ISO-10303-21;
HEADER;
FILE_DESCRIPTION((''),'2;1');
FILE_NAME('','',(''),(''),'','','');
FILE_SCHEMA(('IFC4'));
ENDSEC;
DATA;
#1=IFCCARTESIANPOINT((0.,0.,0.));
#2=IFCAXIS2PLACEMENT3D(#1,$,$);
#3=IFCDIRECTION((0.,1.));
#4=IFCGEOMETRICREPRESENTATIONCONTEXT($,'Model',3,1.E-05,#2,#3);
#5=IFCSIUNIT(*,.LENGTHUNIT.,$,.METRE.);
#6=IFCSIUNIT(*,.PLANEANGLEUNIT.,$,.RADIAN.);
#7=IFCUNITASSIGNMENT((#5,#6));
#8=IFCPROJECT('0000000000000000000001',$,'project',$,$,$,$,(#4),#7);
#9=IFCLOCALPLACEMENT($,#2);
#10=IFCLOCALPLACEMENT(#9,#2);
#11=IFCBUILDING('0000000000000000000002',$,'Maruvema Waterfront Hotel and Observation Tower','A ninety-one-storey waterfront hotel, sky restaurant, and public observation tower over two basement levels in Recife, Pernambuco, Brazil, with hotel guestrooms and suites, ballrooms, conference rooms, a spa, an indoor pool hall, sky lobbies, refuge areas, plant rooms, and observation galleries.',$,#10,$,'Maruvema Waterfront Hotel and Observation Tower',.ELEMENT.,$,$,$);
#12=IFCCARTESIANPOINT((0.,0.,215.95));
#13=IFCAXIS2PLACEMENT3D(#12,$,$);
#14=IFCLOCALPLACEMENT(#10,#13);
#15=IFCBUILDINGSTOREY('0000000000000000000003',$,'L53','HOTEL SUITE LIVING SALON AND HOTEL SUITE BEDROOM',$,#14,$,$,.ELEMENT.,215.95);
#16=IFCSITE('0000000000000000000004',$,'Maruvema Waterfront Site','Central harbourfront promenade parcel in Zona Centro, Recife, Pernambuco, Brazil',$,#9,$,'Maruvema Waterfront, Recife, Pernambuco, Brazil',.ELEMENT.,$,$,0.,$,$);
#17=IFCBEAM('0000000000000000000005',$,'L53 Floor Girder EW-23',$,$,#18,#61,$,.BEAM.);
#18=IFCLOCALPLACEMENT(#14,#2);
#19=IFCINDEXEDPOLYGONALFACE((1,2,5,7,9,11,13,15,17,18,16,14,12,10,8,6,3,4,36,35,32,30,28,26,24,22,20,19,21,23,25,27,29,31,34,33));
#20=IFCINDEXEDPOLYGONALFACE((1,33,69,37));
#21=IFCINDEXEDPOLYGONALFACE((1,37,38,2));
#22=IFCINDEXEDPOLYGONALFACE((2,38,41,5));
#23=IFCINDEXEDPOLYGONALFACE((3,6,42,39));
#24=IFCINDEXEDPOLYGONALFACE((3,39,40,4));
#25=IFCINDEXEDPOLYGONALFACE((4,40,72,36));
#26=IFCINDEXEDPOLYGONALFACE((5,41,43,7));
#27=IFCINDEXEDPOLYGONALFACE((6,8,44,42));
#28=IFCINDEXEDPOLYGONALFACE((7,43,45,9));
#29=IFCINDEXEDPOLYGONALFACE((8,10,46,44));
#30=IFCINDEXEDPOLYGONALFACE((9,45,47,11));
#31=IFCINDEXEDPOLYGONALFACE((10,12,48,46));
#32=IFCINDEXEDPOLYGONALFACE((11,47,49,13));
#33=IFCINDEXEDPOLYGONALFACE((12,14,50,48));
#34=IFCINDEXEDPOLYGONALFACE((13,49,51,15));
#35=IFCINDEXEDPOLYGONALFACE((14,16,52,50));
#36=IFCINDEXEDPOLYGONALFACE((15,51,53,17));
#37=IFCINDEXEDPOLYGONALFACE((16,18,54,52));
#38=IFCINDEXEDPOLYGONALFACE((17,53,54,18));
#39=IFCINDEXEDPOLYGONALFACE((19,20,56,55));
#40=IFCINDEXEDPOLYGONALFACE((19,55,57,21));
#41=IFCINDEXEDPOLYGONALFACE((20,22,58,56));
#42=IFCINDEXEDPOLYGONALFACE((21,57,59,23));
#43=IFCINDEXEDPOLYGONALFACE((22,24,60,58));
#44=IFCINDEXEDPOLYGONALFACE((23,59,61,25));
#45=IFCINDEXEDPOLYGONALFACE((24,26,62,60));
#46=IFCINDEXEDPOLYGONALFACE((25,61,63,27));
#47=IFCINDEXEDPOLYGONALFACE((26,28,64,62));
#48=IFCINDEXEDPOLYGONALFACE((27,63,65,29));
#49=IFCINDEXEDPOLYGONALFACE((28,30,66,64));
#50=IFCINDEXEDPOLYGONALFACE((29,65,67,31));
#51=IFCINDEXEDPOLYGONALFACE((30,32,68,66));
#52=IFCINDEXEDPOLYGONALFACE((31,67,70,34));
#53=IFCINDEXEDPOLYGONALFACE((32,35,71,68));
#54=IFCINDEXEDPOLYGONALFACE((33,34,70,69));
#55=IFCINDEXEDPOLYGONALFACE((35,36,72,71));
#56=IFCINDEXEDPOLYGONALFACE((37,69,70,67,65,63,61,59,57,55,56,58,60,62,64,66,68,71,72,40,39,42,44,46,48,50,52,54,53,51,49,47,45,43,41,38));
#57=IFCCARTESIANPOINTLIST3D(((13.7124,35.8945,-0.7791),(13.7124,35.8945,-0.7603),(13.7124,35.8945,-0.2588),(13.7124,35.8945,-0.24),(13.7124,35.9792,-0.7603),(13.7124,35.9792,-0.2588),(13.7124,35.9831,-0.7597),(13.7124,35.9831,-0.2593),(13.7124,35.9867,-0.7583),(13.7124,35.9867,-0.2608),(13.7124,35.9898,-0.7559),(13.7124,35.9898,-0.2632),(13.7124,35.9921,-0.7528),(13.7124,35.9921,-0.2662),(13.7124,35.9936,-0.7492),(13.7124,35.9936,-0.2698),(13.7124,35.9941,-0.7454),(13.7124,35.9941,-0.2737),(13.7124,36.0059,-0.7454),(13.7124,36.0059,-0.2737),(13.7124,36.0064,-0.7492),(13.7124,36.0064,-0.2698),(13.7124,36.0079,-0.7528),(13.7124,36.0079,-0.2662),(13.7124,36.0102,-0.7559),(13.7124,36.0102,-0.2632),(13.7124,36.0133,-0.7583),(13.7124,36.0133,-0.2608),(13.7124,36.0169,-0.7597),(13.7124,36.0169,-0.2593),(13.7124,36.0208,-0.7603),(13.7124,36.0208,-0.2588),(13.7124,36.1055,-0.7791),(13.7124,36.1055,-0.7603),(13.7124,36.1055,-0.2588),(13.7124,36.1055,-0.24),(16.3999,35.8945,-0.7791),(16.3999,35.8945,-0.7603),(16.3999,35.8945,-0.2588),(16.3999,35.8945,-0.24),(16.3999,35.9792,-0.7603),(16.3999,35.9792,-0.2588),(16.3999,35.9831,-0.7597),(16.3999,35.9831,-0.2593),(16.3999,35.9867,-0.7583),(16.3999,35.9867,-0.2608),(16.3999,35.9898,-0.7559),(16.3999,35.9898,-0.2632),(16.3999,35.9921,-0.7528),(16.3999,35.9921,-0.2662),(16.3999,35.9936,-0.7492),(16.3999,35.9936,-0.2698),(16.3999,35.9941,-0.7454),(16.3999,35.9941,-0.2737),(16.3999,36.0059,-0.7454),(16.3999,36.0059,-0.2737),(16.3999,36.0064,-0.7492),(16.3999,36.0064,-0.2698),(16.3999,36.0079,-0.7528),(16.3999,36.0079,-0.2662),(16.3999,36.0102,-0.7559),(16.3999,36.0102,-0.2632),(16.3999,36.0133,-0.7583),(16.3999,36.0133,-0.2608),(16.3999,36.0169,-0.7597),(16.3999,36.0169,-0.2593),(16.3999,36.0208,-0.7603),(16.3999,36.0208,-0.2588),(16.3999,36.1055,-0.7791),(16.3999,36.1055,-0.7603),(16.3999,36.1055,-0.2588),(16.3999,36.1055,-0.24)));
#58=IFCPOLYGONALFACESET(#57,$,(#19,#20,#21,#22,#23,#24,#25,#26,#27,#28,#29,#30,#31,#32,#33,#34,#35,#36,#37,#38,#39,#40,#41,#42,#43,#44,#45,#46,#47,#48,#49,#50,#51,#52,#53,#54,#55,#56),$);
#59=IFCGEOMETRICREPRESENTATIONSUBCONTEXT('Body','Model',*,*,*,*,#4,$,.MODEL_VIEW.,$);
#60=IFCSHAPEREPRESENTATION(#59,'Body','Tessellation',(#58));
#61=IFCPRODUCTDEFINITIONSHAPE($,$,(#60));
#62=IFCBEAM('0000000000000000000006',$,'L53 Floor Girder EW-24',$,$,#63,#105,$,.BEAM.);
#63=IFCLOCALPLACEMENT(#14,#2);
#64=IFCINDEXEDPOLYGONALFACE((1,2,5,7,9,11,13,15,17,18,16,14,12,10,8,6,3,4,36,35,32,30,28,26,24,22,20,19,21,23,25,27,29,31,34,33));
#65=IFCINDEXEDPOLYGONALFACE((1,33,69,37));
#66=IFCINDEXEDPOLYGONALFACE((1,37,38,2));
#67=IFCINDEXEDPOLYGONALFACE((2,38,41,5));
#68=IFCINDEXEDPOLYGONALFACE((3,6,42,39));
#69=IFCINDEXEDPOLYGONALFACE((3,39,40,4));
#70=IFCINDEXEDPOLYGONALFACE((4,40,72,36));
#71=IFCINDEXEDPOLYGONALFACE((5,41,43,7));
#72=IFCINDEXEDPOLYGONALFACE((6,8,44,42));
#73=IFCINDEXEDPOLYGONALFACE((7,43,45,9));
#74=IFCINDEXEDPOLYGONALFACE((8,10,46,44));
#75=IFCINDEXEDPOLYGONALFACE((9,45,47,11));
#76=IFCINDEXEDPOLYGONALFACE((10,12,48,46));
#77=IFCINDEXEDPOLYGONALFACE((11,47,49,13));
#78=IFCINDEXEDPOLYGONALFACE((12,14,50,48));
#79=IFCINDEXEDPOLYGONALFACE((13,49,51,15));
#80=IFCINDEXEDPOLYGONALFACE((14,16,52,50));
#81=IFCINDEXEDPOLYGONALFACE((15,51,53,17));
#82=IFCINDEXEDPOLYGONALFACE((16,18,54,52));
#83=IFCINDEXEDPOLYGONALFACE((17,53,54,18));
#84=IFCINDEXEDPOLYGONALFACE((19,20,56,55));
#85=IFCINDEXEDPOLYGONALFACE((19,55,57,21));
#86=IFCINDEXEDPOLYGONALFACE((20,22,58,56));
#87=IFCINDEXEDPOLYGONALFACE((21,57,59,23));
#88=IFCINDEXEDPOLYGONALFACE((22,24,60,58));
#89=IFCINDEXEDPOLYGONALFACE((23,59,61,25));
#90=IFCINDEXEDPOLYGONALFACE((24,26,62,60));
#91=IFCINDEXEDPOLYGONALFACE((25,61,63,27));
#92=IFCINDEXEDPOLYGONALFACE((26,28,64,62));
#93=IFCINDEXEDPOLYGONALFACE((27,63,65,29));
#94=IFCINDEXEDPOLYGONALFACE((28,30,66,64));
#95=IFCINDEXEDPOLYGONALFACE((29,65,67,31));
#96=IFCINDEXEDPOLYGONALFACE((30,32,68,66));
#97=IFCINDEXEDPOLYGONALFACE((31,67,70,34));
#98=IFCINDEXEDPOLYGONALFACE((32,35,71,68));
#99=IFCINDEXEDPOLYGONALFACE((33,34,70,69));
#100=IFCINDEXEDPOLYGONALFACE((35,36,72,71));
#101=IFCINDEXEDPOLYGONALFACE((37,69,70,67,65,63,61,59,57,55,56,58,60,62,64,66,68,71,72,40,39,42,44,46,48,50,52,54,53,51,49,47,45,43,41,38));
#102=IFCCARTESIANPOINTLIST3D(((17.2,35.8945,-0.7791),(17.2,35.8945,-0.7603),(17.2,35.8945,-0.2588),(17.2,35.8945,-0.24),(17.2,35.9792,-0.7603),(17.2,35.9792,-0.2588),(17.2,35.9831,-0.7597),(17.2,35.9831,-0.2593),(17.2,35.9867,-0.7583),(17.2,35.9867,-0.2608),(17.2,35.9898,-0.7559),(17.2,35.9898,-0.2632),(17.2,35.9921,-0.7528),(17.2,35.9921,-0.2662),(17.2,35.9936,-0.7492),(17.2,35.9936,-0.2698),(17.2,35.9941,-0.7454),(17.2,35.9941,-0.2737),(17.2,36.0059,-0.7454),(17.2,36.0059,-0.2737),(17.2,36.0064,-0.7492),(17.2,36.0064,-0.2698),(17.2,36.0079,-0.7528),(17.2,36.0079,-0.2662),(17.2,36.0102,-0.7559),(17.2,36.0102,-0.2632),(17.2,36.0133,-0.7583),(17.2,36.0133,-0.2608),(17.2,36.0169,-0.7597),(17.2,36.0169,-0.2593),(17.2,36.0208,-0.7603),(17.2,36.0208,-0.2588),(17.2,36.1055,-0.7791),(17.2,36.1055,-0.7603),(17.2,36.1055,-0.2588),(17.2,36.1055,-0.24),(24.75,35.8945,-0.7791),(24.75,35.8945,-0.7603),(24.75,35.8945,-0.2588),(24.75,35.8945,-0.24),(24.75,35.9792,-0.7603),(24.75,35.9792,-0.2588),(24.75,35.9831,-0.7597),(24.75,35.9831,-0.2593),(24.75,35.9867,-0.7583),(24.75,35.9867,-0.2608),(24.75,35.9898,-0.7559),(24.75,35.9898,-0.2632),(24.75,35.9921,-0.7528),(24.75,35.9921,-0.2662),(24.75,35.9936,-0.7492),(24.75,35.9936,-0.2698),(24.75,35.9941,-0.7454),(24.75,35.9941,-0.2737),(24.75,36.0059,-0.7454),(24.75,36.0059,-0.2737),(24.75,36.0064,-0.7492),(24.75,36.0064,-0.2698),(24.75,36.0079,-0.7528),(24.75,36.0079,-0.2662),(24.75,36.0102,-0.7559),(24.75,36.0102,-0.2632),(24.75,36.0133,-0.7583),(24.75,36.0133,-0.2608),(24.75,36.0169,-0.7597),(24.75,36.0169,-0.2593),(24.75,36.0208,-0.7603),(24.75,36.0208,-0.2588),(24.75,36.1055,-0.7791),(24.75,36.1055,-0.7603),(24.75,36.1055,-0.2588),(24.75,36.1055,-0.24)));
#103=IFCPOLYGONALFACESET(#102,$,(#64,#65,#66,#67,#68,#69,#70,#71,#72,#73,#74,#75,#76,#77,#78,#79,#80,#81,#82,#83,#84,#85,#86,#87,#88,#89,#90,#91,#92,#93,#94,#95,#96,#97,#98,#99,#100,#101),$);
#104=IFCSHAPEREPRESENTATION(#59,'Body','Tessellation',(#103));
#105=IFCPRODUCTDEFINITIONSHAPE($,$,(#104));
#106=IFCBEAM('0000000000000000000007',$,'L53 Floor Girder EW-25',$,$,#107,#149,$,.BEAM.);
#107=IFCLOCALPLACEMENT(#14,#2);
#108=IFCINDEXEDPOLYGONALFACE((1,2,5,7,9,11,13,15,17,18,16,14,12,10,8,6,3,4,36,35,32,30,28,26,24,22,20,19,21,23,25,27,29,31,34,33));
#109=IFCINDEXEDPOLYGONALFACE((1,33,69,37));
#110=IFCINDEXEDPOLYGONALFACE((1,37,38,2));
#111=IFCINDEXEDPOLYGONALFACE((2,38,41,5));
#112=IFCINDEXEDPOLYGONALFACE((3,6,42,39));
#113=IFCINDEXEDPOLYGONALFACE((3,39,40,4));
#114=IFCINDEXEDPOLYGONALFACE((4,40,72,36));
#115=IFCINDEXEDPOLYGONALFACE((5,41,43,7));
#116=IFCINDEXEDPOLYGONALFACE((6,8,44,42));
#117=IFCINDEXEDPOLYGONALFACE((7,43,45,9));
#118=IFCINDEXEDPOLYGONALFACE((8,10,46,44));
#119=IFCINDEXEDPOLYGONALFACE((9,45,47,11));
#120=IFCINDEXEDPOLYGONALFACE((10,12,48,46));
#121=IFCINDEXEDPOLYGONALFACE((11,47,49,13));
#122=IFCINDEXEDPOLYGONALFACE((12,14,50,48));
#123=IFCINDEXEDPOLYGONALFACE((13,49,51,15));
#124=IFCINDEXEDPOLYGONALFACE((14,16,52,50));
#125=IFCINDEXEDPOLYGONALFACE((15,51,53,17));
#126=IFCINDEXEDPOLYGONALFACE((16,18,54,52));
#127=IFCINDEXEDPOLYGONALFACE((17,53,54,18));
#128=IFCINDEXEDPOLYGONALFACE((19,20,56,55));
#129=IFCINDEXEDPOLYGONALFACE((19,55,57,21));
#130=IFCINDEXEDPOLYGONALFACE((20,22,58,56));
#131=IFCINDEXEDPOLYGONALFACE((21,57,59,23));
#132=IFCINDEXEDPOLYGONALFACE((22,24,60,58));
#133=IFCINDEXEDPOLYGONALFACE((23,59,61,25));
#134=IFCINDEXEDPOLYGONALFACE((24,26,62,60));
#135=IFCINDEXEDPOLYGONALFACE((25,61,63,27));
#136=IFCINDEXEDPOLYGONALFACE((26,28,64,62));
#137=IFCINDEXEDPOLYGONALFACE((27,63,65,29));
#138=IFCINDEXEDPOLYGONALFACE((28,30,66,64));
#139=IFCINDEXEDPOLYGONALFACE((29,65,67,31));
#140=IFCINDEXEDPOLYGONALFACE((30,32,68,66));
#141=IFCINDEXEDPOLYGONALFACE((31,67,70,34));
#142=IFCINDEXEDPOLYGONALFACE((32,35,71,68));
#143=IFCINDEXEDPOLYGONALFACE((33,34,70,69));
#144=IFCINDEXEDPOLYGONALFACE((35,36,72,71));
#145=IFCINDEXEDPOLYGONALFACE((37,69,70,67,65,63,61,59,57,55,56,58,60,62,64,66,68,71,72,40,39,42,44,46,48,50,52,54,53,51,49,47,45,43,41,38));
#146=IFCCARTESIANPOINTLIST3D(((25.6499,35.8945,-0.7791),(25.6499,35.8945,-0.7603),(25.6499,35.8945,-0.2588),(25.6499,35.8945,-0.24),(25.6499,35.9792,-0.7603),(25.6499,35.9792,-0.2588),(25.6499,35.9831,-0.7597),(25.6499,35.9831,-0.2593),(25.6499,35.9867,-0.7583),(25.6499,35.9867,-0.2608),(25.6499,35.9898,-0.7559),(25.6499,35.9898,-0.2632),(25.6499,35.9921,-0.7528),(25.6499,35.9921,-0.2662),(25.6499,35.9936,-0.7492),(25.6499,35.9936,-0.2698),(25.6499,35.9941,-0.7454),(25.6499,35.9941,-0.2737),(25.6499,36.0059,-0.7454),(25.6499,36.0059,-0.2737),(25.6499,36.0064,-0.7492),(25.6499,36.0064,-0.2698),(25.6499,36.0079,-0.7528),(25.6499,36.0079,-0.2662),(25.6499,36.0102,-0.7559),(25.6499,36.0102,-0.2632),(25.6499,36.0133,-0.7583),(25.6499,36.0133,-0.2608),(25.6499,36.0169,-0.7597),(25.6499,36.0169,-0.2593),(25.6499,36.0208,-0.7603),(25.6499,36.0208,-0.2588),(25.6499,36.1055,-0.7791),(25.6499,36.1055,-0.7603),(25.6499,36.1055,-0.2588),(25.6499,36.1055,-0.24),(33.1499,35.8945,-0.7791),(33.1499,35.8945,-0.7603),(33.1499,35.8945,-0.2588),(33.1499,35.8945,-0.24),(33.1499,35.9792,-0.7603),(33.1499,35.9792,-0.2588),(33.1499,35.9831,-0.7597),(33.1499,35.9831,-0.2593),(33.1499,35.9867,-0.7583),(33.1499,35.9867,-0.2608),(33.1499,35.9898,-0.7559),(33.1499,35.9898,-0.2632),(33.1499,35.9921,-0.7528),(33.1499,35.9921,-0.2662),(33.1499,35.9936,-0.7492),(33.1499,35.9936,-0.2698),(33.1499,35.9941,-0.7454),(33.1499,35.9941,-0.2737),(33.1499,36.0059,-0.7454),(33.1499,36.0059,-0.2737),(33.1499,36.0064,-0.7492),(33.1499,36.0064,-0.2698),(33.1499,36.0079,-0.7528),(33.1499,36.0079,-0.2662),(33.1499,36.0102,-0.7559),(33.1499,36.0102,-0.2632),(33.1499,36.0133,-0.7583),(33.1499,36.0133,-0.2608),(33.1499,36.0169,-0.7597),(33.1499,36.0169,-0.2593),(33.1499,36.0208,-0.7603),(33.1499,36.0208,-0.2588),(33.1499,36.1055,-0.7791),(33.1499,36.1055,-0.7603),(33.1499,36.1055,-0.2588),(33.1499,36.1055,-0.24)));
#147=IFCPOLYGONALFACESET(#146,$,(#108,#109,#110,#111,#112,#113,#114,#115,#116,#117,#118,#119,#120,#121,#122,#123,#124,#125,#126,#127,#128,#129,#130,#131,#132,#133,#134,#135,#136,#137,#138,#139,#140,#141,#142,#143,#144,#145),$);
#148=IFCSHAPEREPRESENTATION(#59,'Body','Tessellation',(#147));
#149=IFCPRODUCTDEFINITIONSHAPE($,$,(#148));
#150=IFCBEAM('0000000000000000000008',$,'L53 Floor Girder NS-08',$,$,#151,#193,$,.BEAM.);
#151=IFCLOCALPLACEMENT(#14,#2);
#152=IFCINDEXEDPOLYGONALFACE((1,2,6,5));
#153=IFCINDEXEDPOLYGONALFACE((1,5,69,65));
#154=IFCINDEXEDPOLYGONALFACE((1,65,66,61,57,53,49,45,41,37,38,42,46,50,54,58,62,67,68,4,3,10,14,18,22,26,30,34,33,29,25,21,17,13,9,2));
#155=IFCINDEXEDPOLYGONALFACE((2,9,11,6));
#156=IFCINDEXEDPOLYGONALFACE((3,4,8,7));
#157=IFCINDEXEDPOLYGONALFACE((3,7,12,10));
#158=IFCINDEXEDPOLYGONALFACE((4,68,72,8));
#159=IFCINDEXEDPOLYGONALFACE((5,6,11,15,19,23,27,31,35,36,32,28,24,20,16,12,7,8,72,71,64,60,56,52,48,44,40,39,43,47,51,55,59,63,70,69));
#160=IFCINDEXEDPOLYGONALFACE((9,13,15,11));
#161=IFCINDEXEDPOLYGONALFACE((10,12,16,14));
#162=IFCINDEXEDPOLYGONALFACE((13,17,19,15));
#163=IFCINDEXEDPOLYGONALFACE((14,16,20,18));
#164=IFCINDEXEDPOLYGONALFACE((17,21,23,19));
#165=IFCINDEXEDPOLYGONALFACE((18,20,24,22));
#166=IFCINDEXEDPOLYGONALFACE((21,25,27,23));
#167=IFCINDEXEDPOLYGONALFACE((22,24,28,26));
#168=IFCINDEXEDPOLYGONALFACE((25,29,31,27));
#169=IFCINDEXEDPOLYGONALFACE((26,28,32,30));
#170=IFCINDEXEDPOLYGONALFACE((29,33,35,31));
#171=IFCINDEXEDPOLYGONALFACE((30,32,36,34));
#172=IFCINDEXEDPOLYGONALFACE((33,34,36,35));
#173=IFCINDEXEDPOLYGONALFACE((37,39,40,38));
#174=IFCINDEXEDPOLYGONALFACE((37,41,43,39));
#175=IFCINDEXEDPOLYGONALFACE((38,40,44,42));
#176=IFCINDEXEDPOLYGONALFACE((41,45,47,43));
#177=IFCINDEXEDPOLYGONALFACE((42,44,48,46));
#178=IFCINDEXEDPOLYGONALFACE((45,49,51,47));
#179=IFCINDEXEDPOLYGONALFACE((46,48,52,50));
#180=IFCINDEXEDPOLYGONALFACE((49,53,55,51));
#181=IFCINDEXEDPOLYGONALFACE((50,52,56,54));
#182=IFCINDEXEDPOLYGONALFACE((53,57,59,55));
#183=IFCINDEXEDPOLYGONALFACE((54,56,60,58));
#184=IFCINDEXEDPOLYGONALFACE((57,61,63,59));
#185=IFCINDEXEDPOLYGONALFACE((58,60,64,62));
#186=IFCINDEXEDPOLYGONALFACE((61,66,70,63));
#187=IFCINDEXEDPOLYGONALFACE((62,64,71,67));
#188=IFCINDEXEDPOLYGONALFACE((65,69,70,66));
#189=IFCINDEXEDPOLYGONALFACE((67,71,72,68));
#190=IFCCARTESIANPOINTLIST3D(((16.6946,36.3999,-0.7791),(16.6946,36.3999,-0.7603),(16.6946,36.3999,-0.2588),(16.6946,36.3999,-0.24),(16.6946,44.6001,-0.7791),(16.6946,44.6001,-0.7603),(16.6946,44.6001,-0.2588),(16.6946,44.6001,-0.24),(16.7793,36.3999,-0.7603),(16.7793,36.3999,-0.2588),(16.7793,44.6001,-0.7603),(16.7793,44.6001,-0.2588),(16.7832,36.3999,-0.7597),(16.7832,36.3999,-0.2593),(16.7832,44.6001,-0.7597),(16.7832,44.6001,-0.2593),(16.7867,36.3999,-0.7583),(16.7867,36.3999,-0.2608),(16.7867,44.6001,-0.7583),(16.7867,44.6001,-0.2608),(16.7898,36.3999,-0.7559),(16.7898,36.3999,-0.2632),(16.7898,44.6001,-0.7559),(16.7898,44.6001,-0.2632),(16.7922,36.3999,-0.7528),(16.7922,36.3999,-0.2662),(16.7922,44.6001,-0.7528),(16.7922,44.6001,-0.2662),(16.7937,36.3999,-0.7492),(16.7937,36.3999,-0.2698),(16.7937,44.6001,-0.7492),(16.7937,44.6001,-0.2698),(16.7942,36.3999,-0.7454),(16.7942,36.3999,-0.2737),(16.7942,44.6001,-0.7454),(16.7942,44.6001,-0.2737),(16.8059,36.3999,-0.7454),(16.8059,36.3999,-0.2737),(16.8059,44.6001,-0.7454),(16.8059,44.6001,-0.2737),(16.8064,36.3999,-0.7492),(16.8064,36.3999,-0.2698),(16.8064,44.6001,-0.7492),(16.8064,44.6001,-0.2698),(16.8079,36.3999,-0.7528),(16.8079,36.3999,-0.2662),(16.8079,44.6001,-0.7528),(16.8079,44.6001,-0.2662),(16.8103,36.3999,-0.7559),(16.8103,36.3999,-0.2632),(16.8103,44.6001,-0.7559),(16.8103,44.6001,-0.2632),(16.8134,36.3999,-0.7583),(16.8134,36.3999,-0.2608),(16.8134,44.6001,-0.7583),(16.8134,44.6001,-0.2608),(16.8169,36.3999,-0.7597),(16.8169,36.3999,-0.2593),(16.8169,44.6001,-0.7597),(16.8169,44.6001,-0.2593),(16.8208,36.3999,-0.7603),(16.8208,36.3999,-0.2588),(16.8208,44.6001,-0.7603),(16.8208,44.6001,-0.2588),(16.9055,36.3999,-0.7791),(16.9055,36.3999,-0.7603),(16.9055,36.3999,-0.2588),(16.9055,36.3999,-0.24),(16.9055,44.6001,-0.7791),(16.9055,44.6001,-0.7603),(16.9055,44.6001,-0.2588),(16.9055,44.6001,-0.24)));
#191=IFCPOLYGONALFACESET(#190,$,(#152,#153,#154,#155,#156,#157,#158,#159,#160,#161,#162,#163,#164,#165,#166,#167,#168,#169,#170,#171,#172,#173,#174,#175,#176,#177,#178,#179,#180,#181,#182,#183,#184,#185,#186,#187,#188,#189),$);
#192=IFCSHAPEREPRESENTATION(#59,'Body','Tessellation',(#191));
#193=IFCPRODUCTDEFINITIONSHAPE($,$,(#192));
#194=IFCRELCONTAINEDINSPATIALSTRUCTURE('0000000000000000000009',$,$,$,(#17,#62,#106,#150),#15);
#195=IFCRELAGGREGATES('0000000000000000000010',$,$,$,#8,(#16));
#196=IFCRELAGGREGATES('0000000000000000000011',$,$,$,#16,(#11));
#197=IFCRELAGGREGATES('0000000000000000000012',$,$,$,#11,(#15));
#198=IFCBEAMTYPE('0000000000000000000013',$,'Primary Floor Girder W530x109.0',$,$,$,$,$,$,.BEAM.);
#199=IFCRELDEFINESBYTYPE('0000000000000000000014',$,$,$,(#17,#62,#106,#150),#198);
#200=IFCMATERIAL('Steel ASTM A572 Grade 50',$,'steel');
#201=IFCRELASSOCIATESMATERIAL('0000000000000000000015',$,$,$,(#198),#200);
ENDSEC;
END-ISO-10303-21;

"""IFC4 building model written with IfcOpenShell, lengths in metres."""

from ifc_helpers import new_model, si_unit, direction, frame, origin, origin_2d, place, context, subcontext, project, spatial, i_section, extrude, material, material_profile, profile_set, type_object, element, save


model = new_model("IFC4")

# Units and contexts
model_context = context("Model", 3, precision=1e-05, world=origin(), true_north=direction((0.0, 1.0)))
body_context = subcontext(model_context, "Body", "Model", "MODEL_VIEW")
ifc_project = project(units=[si_unit("LENGTHUNIT", "METRE"), si_unit("PLANEANGLEUNIT", "RADIAN")], contexts=[model_context])

# Site, building, storey
site_placement = place(None, origin())
site = spatial("IfcSite", under=ifc_project, at=site_placement, Name="Maruvema Waterfront Site", Description="Central harbourfront promenade parcel in Zona Centro, Recife, Pernambuco, Brazil", LongName="Maruvema Waterfront, Recife, Pernambuco, Brazil", CompositionType="ELEMENT", RefElevation=0.0)
building_placement = place(site_placement, origin())
building = spatial("IfcBuilding", under=site, at=building_placement, Name="Maruvema Waterfront Hotel and Observation Tower", Description="A ninety-one-storey waterfront hotel, sky restaurant, and public observation tower over two basement levels in Recife, Pernambuco, Brazil, with hotel guestrooms and suites, ballrooms, conference rooms, a spa, an indoor pool hall, sky lobbies, refuge areas, plant rooms, and observation galleries.", LongName="Maruvema Waterfront Hotel and Observation Tower", CompositionType="ELEMENT")
storey_placement = place(building_placement, frame((0.0, 0.0, 215.95)))
storey = spatial("IfcBuildingStorey", under=building, at=storey_placement, Name="L53", Description="HOTEL SUITE LIVING SALON AND HOTEL SUITE BEDROOM", CompositionType="ELEMENT", Elevation=215.95)

# Beams
ifc_material_1 = material(Name="Steel ASTM A572 Grade 50", Category="steel")
ifc_material_profile_1 = material_profile(ifc_material_1, i_section(OverallWidth=0.2109, OverallDepth=0.5391, WebThickness=0.0117, FlangeThickness=0.0188, FilletRadius=0.0149, at=origin_2d()), Name="W530x109.0")
ifc_profile_set_1 = profile_set([ifc_material_profile_1], Name="Steel ASTM A572 Grade 50")
beam_type_1 = type_object("IfcBeamType", Name="Primary Floor Girder W530x109.0", PredefinedType="BEAM", material=ifc_profile_set_1)
beam_1_placement = place(storey_placement, frame((13.7124, 36.0, -0.5095), z_axis=(1.0, 0.0, 0.0), x_axis=(0.0, 1.0, 0.0)))
element("IfcBeam", 1, at=beam_1_placement, inside=storey, type_object=beam_type_1, Name="L53 Floor Girder EW-23", PredefinedType="BEAM", context=body_context, shape_type="SweptSolid", body=[
    extrude(i_section(OverallWidth=0.2109, OverallDepth=0.5391, WebThickness=0.0117, FlangeThickness=0.0188, FilletRadius=0.0149, at=origin_2d()), origin(), (0.0, 0.0, 1.0), 2.6875),
])
beam_2_placement = place(storey_placement, frame((17.2, 36.0, -0.5095), z_axis=(1.0, 0.0, 0.0), x_axis=(0.0, 1.0, 0.0)))
element("IfcBeam", 2, at=beam_2_placement, inside=storey, type_object=beam_type_1, Name="L53 Floor Girder EW-24", PredefinedType="BEAM", context=body_context, shape_type="SweptSolid", body=[
    extrude(i_section(OverallWidth=0.2109, OverallDepth=0.5391, WebThickness=0.0117, FlangeThickness=0.0188, FilletRadius=0.0149, at=origin_2d()), origin(), (0.0, 0.0, 1.0), 7.55),
])
beam_3_placement = place(storey_placement, frame((25.6499, 36.0, -0.5095), z_axis=(1.0, 0.0, 0.0), x_axis=(0.0, 1.0, 0.0)))
element("IfcBeam", 3, at=beam_3_placement, inside=storey, type_object=beam_type_1, Name="L53 Floor Girder EW-25", PredefinedType="BEAM", context=body_context, shape_type="SweptSolid", body=[
    extrude(i_section(OverallWidth=0.2109, OverallDepth=0.5391, WebThickness=0.0117, FlangeThickness=0.0188, FilletRadius=0.0149, at=origin_2d()), origin(), (0.0, 0.0, 1.0), 7.5),
])
beam_4_placement = place(storey_placement, frame((16.8, 36.3999, -0.5095), z_axis=(0.0, 1.0, 0.0), x_axis=(-1.0, 0.0, 0.0)))
element("IfcBeam", 4, at=beam_4_placement, inside=storey, type_object=beam_type_1, Name="L53 Floor Girder NS-08", PredefinedType="BEAM", context=body_context, shape_type="SweptSolid", body=[
    extrude(i_section(OverallWidth=0.2109, OverallDepth=0.5391, WebThickness=0.0117, FlangeThickness=0.0188, FilletRadius=0.0149, at=origin_2d()), origin(), (0.0, 0.0, 1.0), 8.2002),
])

save(model, "model.ifc")
